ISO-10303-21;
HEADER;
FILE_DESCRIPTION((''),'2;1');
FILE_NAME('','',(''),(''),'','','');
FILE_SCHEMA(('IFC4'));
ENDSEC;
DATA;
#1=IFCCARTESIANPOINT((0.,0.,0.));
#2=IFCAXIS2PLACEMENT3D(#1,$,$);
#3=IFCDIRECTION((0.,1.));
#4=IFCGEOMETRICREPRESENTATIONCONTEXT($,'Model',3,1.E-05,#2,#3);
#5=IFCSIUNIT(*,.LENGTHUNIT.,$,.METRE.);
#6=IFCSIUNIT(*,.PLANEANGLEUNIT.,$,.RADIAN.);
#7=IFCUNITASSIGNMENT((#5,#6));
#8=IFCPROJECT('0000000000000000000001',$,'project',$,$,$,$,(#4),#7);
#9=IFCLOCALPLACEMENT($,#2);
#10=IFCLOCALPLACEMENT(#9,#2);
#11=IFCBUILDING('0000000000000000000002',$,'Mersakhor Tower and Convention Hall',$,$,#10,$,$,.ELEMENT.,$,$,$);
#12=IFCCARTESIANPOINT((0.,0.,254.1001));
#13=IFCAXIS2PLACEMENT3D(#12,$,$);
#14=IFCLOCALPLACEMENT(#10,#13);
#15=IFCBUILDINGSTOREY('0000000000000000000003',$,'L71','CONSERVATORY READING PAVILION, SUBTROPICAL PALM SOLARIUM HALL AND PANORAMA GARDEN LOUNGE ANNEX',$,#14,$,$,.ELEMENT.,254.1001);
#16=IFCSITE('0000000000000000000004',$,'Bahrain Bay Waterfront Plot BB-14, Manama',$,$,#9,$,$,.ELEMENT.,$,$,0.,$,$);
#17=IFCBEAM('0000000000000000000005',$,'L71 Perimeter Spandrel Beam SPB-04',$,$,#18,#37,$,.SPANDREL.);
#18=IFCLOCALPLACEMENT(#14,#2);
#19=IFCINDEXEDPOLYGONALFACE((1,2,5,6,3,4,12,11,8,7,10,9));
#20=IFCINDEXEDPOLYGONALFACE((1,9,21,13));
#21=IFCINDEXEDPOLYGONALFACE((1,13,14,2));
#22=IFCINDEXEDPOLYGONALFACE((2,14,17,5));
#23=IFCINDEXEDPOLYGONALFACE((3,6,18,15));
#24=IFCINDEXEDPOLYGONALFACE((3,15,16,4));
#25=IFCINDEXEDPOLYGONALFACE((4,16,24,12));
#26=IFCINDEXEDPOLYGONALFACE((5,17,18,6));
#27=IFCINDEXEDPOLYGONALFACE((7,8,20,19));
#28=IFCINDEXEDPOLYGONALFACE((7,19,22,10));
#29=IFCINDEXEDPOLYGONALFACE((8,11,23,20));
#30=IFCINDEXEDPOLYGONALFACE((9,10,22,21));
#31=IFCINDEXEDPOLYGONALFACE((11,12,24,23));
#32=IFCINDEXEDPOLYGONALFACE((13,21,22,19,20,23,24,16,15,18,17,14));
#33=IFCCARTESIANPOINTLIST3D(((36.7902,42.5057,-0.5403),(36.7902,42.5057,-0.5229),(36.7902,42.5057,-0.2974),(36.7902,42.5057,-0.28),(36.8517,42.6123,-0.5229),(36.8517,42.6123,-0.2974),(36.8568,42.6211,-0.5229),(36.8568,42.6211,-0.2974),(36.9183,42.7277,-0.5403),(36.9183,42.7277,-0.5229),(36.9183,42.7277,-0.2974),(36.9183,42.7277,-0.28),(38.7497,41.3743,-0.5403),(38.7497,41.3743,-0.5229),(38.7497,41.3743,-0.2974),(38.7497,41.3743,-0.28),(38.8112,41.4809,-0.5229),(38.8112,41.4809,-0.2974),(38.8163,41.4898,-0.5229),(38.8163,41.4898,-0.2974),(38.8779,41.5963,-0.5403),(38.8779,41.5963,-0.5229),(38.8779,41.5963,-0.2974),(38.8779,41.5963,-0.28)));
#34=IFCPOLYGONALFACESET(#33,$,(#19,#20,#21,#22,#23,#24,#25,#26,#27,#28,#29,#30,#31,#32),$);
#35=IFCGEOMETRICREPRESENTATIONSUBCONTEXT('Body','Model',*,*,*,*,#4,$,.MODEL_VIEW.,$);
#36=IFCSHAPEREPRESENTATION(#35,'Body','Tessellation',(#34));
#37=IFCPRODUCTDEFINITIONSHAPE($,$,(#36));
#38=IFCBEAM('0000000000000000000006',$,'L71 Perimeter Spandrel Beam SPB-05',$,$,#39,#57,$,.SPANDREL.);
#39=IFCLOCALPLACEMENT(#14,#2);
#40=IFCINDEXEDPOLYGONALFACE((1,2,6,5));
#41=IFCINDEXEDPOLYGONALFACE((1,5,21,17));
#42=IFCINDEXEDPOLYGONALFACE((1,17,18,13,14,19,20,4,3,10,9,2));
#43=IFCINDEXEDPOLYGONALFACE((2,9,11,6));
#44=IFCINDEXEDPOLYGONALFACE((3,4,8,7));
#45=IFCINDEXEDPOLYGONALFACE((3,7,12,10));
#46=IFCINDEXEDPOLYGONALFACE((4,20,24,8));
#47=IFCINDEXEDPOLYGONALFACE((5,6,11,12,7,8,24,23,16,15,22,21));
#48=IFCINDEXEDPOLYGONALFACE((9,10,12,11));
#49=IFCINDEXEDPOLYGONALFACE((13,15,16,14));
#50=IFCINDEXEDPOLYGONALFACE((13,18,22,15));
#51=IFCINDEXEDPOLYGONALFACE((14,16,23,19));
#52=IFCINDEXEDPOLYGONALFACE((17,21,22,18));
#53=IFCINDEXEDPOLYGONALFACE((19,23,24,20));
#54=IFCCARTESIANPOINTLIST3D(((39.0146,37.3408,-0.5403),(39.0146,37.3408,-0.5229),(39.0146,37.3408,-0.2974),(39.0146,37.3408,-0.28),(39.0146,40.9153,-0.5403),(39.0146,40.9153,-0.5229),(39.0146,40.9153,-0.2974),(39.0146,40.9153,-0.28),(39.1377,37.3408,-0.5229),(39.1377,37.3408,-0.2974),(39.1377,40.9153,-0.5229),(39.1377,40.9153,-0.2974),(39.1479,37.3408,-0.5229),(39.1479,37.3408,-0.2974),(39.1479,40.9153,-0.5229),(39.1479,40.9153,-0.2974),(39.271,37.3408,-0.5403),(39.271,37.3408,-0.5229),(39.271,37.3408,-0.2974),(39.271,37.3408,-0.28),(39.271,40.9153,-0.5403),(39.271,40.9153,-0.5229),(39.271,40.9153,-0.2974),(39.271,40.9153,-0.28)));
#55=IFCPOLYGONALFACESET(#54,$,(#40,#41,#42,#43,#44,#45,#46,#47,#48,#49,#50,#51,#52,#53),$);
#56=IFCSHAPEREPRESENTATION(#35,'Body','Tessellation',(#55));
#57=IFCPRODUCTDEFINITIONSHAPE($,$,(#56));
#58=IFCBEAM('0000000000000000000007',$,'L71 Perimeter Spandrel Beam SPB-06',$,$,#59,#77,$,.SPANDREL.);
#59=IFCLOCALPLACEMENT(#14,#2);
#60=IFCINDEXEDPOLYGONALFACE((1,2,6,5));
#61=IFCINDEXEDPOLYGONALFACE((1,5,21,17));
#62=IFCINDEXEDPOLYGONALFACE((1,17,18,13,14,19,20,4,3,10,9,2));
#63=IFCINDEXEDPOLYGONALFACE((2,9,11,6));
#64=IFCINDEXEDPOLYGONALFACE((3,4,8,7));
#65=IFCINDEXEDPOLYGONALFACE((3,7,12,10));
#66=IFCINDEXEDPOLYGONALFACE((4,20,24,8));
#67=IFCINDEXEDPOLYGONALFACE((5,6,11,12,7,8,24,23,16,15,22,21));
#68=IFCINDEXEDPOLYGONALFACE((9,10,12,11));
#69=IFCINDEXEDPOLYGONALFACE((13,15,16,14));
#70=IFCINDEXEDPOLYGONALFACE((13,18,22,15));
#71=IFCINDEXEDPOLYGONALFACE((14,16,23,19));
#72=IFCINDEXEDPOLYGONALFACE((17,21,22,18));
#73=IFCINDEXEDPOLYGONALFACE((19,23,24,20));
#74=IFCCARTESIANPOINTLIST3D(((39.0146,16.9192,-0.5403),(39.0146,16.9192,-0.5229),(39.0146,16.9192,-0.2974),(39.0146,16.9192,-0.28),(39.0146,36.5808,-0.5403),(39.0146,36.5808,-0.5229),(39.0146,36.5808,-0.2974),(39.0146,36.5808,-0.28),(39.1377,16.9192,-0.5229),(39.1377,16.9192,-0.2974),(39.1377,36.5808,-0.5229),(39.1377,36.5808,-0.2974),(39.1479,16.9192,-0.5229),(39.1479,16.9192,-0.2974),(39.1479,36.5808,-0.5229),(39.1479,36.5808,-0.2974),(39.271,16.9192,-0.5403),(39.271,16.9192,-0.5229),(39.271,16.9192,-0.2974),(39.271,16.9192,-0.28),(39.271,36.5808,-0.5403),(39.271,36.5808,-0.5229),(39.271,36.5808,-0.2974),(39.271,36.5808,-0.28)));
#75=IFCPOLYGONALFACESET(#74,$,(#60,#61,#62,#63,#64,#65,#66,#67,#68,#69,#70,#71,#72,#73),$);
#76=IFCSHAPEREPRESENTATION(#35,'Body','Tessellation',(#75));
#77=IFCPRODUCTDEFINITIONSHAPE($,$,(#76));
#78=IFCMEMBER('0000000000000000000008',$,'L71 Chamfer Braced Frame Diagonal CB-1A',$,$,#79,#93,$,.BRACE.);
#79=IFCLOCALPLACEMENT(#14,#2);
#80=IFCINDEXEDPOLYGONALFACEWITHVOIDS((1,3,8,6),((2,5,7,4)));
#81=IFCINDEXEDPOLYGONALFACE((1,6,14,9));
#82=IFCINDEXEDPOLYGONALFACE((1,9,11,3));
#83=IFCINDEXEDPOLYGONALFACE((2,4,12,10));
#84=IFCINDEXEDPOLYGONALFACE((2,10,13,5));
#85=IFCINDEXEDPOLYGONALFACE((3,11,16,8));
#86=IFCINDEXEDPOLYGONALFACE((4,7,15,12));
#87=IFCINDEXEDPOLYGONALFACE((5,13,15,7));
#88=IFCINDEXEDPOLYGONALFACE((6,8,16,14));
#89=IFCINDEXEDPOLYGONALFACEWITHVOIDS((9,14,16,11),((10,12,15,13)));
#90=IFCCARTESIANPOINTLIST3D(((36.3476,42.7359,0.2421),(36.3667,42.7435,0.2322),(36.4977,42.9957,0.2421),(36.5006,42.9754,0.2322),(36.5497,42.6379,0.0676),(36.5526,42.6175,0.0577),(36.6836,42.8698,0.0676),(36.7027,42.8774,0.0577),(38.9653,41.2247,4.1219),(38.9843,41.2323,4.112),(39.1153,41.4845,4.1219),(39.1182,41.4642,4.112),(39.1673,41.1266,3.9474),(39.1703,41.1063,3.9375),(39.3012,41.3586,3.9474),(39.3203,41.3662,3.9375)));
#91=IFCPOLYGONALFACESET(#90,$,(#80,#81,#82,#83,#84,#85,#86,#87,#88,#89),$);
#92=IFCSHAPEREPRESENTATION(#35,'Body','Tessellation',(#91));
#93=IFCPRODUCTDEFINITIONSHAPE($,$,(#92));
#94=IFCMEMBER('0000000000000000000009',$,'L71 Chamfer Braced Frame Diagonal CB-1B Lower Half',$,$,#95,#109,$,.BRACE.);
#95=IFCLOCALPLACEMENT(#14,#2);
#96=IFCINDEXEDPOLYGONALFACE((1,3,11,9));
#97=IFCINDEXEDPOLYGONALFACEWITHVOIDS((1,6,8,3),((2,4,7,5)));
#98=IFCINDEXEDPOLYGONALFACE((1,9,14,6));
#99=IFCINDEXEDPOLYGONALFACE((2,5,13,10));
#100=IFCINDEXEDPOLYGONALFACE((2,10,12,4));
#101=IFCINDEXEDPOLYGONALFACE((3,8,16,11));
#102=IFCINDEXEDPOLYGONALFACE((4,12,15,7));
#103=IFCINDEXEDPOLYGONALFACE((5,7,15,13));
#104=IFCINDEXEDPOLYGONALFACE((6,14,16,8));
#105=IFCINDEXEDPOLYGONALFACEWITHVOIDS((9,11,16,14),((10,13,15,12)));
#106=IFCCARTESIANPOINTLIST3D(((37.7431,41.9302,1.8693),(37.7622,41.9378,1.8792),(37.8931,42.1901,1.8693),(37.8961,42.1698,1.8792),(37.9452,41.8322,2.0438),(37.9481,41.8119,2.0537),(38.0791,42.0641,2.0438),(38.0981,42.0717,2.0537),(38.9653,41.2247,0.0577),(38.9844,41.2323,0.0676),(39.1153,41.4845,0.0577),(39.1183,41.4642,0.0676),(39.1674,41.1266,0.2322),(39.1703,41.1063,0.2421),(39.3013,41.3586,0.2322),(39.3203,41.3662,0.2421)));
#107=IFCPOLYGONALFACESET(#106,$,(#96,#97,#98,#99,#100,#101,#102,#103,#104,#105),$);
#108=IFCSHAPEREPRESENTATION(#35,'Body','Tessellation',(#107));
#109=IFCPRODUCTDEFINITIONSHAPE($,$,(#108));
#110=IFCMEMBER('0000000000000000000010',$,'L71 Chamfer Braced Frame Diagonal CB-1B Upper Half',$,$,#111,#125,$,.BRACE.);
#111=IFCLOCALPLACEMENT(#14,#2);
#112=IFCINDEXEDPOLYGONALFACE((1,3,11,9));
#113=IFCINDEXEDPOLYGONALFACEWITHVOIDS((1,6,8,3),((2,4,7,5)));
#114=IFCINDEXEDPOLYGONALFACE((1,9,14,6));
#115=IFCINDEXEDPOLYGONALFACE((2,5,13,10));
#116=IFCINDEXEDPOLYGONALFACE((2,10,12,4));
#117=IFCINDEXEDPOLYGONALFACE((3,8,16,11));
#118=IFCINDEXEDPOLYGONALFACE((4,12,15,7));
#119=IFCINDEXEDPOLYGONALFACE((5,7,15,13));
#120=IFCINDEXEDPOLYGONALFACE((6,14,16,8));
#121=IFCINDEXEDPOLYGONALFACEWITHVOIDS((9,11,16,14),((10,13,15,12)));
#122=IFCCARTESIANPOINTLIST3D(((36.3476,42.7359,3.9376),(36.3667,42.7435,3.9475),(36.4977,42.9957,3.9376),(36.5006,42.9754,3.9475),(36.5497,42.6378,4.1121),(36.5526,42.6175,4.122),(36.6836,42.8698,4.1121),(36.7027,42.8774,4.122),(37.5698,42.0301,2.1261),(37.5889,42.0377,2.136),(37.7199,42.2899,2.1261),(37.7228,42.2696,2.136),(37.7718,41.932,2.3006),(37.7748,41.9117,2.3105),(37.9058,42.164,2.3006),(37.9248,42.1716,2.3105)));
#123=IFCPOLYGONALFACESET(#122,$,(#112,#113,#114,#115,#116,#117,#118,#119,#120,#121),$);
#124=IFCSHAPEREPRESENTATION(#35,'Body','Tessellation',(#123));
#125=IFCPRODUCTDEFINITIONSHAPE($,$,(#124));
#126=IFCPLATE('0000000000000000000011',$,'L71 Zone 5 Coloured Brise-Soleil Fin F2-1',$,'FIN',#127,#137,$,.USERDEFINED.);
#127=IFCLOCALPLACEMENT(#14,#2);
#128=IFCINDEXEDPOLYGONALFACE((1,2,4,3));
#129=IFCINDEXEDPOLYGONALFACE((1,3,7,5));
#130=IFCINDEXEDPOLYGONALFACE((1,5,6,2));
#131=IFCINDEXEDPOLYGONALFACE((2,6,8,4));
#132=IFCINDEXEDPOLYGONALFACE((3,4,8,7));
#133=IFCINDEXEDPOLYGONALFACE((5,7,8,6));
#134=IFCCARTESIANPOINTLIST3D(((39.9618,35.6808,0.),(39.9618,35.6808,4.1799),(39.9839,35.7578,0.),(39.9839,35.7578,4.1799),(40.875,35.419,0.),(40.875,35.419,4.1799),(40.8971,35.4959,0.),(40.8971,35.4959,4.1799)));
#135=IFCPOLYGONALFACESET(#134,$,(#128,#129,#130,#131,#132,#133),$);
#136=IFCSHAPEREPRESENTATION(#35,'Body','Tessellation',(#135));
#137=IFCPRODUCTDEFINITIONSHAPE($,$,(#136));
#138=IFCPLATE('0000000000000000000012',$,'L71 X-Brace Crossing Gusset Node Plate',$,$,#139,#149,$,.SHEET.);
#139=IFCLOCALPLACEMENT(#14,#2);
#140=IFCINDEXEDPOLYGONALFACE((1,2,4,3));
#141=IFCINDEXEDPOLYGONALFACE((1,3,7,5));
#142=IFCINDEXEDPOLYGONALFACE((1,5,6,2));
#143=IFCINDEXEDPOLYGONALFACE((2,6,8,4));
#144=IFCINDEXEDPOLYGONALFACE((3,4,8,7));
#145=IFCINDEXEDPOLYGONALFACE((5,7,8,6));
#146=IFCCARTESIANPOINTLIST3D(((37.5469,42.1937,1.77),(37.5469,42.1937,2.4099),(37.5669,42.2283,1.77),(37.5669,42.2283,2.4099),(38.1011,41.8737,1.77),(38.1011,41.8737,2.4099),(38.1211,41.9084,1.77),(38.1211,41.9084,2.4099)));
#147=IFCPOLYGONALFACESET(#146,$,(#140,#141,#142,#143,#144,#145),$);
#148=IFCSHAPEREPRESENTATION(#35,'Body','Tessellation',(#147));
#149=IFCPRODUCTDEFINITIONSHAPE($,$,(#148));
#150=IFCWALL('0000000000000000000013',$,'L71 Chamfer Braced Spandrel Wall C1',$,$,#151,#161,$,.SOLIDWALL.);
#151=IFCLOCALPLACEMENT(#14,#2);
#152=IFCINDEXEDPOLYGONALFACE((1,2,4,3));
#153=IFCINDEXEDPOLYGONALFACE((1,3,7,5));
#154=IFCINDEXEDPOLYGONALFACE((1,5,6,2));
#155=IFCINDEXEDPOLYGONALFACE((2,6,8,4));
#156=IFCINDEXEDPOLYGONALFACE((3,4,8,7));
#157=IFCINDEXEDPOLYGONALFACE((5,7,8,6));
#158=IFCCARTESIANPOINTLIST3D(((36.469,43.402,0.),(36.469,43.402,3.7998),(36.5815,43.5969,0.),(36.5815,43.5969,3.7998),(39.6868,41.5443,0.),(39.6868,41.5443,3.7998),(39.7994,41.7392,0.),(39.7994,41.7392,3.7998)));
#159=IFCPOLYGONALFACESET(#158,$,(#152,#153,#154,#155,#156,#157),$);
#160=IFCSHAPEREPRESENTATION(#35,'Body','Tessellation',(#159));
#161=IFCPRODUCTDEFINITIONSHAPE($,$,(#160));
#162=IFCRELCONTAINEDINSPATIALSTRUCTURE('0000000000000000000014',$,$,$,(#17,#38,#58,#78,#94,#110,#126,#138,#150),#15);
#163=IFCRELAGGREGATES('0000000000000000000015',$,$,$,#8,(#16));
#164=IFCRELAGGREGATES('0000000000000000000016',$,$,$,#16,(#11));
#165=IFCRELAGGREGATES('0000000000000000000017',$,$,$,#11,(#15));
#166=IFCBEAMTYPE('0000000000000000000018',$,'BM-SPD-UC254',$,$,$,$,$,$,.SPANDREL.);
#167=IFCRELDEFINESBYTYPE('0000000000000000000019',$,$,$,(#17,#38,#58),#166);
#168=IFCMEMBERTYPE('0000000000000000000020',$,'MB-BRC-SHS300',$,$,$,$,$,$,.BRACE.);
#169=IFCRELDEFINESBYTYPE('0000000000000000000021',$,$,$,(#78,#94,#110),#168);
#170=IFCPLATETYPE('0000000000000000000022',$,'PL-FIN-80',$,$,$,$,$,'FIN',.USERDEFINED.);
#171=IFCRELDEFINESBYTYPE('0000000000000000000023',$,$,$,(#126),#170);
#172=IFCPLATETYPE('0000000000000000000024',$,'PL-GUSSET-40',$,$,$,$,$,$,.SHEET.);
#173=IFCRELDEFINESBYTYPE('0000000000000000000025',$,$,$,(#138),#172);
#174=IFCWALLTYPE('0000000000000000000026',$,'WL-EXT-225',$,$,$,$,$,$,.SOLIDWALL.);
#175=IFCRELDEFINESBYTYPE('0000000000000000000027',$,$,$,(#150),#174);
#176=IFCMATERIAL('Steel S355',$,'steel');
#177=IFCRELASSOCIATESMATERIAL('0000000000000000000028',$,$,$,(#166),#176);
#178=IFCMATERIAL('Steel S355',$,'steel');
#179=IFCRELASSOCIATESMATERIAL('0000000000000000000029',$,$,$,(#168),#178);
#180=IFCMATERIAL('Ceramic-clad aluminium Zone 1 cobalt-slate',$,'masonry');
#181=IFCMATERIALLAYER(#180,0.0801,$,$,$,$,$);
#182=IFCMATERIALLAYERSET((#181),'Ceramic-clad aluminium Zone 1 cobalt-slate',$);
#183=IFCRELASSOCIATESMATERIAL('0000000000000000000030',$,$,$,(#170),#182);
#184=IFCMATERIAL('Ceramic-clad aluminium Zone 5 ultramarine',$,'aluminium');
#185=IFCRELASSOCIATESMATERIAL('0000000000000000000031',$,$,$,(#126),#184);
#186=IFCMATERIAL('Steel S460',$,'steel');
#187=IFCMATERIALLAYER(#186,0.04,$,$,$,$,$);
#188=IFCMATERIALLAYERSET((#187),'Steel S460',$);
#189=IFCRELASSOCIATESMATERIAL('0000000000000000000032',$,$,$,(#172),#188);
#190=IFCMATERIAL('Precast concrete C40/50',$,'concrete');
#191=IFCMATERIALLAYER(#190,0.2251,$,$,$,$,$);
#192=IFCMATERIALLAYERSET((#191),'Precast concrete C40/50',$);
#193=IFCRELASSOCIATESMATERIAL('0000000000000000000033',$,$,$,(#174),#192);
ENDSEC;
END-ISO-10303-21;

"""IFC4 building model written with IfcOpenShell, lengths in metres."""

from ifc_helpers import new_model, si_unit, direction, frame, frame_2d, origin, origin_2d, place, context, subcontext, project, spatial, rectangle, hollow_rectangle, i_section, extrude, material, layer, layer_set, material_profile, profile_set, type_object, element, save


model = new_model("IFC4")

# Units and contexts
model_context = context("Model", 3, precision=1e-05, world=origin(), true_north=direction((0.0, 1.0)))
body_context = subcontext(model_context, "Body", "Model", "MODEL_VIEW")
ifc_project = project(units=[si_unit("LENGTHUNIT", "METRE"), si_unit("PLANEANGLEUNIT", "RADIAN")], contexts=[model_context])

# Site, building, storey
site_placement = place(None, origin())
site = spatial("IfcSite", under=ifc_project, at=site_placement, Name="Bahrain Bay Waterfront Plot BB-14, Manama", CompositionType="ELEMENT", RefElevation=0.0)
building_placement = place(site_placement, origin())
building = spatial("IfcBuilding", under=site, at=building_placement, Name="Mersakhor Tower and Convention Hall", CompositionType="ELEMENT")
storey_placement = place(building_placement, frame((0.0, 0.0, 254.1001)))
storey = spatial("IfcBuildingStorey", under=building, at=storey_placement, Name="L71", Description="CONSERVATORY READING PAVILION, SUBTROPICAL PALM SOLARIUM HALL AND PANORAMA GARDEN LOUNGE ANNEX", CompositionType="ELEMENT", Elevation=254.1001)

# Beams
ifc_material_1 = material(Name="Steel S355", Category="steel")
ifc_material_profile_1 = material_profile(ifc_material_1, i_section(OverallWidth=0.2563, OverallDepth=0.2603, WebThickness=0.0103, FlangeThickness=0.0173, at=origin_2d()), Name="UC 254x254x89")
ifc_profile_set_1 = profile_set([ifc_material_profile_1], Name="Steel S355")
beam_type_1 = type_object("IfcBeamType", Name="BM-SPD-UC254", PredefinedType="SPANDREL", material=ifc_profile_set_1)
beam_1_placement = place(storey_placement, frame((36.8542, 42.6167, -0.4102), z_axis=(0.866017, -0.500015, 0.0), x_axis=(0.500015, 0.866017, 0.0)))
element("IfcBeam", 1, at=beam_1_placement, inside=storey, type_object=beam_type_1, Name="L71 Perimeter Spandrel Beam SPB-04", PredefinedType="SPANDREL", context=body_context, shape_type="SweptSolid", body=[
    extrude(i_section(OverallWidth=0.2563, OverallDepth=0.2603, WebThickness=0.0103, FlangeThickness=0.0173, at=origin_2d()), origin(), (0.0, 0.0, 1.0), 2.2627),
])
beam_2_placement = place(storey_placement, frame((39.1428, 40.9153, -0.4102), z_axis=(0.0, -1.0, 0.0), x_axis=(1.0, 0.0, 0.0)))
element("IfcBeam", 2, at=beam_2_placement, inside=storey, type_object=beam_type_1, Name="L71 Perimeter Spandrel Beam SPB-05", PredefinedType="SPANDREL", context=body_context, shape_type="SweptSolid", body=[
    extrude(i_section(OverallWidth=0.2563, OverallDepth=0.2603, WebThickness=0.0103, FlangeThickness=0.0173, at=origin_2d()), origin(), (0.0, 0.0, 1.0), 3.5745),
])
beam_3_placement = place(storey_placement, frame((39.1428, 36.5808, -0.4102), z_axis=(0.0, -1.0, 0.0), x_axis=(1.0, 0.0, 0.0)))
element("IfcBeam", 3, at=beam_3_placement, inside=storey, type_object=beam_type_1, Name="L71 Perimeter Spandrel Beam SPB-06", PredefinedType="SPANDREL", context=body_context, shape_type="SweptSolid", body=[
    extrude(i_section(OverallWidth=0.2563, OverallDepth=0.2603, WebThickness=0.0103, FlangeThickness=0.0173, at=origin_2d()), origin(), (0.0, 0.0, 1.0), 19.6616),
])

# Members
ifc_material_2 = material(Name="Steel S355", Category="steel")
ifc_material_profile_2 = material_profile(ifc_material_2, hollow_rectangle(XDim=0.3, YDim=0.3, WallThickness=0.0161, at=origin_2d()), Name="SHS 300x300x16")
ifc_profile_set_2 = profile_set([ifc_material_profile_2], Name="Steel S355")
member_type = type_object("IfcMemberType", Name="MB-BRC-SHS300", PredefinedType="BRACE", material=ifc_profile_set_2)
member_placement = place(storey_placement, frame((36.5251, 42.8066, 0.1499), z_axis=(0.532233, -0.307268, 0.788869), x_axis=(0.499979, 0.866038, 0.0)))
element("IfcMember", 4, at=member_placement, inside=storey, type_object=member_type, Name="L71 Chamfer Braced Frame Diagonal CB-1A", PredefinedType="BRACE", context=body_context, shape_type="SweptSolid", body=[
    extrude(hollow_rectangle(XDim=0.3, YDim=0.3, WallThickness=0.0161, at=origin_2d()), origin(), (0.0, 0.0, 1.0), 4.9182),
])
for number, where, z_axis, x_axis, name in (
    (5, (39.1428, 41.2954, 0.1499), (-0.532226, 0.307258, 0.788877), (-0.499972, -0.866042, 0.0), "L71 Chamfer Braced Frame Diagonal CB-1B Lower Half"),
    (6, (37.7473, 42.1008, 2.2183), (-0.532209, 0.307354, 0.788852), (-0.500102, -0.865967, 0.0), "L71 Chamfer Braced Frame Diagonal CB-1B Upper Half"),
):
    element("IfcMember", number, at=place(storey_placement, frame(where, z_axis=z_axis, x_axis=x_axis)), inside=storey, type_object=member_type, Name=name, PredefinedType="BRACE", context=body_context, shape_type="SweptSolid", body=[
        extrude(hollow_rectangle(XDim=0.3, YDim=0.3, WallThickness=0.0161, at=origin_2d()), origin(), (0.0, 0.0, 1.0), 2.2964),
    ])

# Plates
ifc_material_3 = material(Name="Ceramic-clad aluminium Zone 5 ultramarine", Category="aluminium")
ifc_material_4 = material(Name="Ceramic-clad aluminium Zone 1 cobalt-slate", Category="masonry")
ifc_layer_1 = layer(ifc_material_4, 0.0801)
ifc_layer_set_1 = layer_set([ifc_layer_1], Name="Ceramic-clad aluminium Zone 1 cobalt-slate")
plate_type_1 = type_object("IfcPlateType", Name="PL-FIN-80", ElementType="FIN", PredefinedType="USERDEFINED", material=ifc_layer_set_1)
plate_1_placement = place(storey_placement, frame((40.4294, 35.5884, 0.0), z_axis=(0.0, 0.0, 1.0), x_axis=(0.961262, -0.275637, 0.0)))
element("IfcPlate", 7, at=plate_1_placement, inside=storey, type_object=plate_type_1, material=ifc_material_3, Name="L71 Zone 5 Coloured Brise-Soleil Fin F2-1", ObjectType="FIN", PredefinedType="USERDEFINED", context=body_context, shape_type="SweptSolid", body=[
    extrude(rectangle(XDim=0.95, YDim=0.0801, at=origin_2d()), origin(), (0.0, 0.0, 1.0), 4.1799),
])
ifc_material_5 = material(Name="Steel S460", Category="steel")
ifc_layer_2 = layer(ifc_material_5, 0.04)
ifc_layer_set_2 = layer_set([ifc_layer_2], Name="Steel S460")
plate_type_2 = type_object("IfcPlateType", Name="PL-GUSSET-40", PredefinedType="SHEET", material=ifc_layer_set_2)
plate_2_placement = place(storey_placement, frame((37.834, 42.051, 1.77), z_axis=(0.0, 0.0, 1.0), x_axis=(-0.866025, 0.5, 0.0)))
element("IfcPlate", 8, at=plate_2_placement, inside=storey, type_object=plate_type_2, Name="L71 X-Brace Crossing Gusset Node Plate", PredefinedType="SHEET", context=body_context, shape_type="SweptSolid", body=[
    extrude(rectangle(XDim=0.6399, YDim=0.04, at=origin_2d()), origin(), (0.0, 0.0, 1.0), 0.6399),
])

# Wall
ifc_material_6 = material(Name="Precast concrete C40/50", Category="concrete")
ifc_layer_3 = layer(ifc_material_6, 0.2251)
ifc_layer_set_3 = layer_set([ifc_layer_3], Name="Precast concrete C40/50")
wall_type_1 = type_object("IfcWallType", Name="WL-EXT-225", PredefinedType="SOLIDWALL", material=ifc_layer_set_3)
wall_1_placement = place(storey_placement, frame((36.5251, 43.4995, 0.0), z_axis=(0.0, 0.0, 1.0), x_axis=(0.866039, -0.499977, 0.0)))
element("IfcWall", 9, at=wall_1_placement, inside=storey, type_object=wall_type_1, Name="L71 Chamfer Braced Spandrel Wall C1", PredefinedType="SOLIDWALL", context=body_context, shape_type="SweptSolid", body=[
    extrude(rectangle(XDim=3.7156, YDim=0.2251, at=frame_2d((1.8579, 0.0))), origin(), (0.0, 0.0, 1.0), 3.7998),
])

save(model, "model.ifc")
